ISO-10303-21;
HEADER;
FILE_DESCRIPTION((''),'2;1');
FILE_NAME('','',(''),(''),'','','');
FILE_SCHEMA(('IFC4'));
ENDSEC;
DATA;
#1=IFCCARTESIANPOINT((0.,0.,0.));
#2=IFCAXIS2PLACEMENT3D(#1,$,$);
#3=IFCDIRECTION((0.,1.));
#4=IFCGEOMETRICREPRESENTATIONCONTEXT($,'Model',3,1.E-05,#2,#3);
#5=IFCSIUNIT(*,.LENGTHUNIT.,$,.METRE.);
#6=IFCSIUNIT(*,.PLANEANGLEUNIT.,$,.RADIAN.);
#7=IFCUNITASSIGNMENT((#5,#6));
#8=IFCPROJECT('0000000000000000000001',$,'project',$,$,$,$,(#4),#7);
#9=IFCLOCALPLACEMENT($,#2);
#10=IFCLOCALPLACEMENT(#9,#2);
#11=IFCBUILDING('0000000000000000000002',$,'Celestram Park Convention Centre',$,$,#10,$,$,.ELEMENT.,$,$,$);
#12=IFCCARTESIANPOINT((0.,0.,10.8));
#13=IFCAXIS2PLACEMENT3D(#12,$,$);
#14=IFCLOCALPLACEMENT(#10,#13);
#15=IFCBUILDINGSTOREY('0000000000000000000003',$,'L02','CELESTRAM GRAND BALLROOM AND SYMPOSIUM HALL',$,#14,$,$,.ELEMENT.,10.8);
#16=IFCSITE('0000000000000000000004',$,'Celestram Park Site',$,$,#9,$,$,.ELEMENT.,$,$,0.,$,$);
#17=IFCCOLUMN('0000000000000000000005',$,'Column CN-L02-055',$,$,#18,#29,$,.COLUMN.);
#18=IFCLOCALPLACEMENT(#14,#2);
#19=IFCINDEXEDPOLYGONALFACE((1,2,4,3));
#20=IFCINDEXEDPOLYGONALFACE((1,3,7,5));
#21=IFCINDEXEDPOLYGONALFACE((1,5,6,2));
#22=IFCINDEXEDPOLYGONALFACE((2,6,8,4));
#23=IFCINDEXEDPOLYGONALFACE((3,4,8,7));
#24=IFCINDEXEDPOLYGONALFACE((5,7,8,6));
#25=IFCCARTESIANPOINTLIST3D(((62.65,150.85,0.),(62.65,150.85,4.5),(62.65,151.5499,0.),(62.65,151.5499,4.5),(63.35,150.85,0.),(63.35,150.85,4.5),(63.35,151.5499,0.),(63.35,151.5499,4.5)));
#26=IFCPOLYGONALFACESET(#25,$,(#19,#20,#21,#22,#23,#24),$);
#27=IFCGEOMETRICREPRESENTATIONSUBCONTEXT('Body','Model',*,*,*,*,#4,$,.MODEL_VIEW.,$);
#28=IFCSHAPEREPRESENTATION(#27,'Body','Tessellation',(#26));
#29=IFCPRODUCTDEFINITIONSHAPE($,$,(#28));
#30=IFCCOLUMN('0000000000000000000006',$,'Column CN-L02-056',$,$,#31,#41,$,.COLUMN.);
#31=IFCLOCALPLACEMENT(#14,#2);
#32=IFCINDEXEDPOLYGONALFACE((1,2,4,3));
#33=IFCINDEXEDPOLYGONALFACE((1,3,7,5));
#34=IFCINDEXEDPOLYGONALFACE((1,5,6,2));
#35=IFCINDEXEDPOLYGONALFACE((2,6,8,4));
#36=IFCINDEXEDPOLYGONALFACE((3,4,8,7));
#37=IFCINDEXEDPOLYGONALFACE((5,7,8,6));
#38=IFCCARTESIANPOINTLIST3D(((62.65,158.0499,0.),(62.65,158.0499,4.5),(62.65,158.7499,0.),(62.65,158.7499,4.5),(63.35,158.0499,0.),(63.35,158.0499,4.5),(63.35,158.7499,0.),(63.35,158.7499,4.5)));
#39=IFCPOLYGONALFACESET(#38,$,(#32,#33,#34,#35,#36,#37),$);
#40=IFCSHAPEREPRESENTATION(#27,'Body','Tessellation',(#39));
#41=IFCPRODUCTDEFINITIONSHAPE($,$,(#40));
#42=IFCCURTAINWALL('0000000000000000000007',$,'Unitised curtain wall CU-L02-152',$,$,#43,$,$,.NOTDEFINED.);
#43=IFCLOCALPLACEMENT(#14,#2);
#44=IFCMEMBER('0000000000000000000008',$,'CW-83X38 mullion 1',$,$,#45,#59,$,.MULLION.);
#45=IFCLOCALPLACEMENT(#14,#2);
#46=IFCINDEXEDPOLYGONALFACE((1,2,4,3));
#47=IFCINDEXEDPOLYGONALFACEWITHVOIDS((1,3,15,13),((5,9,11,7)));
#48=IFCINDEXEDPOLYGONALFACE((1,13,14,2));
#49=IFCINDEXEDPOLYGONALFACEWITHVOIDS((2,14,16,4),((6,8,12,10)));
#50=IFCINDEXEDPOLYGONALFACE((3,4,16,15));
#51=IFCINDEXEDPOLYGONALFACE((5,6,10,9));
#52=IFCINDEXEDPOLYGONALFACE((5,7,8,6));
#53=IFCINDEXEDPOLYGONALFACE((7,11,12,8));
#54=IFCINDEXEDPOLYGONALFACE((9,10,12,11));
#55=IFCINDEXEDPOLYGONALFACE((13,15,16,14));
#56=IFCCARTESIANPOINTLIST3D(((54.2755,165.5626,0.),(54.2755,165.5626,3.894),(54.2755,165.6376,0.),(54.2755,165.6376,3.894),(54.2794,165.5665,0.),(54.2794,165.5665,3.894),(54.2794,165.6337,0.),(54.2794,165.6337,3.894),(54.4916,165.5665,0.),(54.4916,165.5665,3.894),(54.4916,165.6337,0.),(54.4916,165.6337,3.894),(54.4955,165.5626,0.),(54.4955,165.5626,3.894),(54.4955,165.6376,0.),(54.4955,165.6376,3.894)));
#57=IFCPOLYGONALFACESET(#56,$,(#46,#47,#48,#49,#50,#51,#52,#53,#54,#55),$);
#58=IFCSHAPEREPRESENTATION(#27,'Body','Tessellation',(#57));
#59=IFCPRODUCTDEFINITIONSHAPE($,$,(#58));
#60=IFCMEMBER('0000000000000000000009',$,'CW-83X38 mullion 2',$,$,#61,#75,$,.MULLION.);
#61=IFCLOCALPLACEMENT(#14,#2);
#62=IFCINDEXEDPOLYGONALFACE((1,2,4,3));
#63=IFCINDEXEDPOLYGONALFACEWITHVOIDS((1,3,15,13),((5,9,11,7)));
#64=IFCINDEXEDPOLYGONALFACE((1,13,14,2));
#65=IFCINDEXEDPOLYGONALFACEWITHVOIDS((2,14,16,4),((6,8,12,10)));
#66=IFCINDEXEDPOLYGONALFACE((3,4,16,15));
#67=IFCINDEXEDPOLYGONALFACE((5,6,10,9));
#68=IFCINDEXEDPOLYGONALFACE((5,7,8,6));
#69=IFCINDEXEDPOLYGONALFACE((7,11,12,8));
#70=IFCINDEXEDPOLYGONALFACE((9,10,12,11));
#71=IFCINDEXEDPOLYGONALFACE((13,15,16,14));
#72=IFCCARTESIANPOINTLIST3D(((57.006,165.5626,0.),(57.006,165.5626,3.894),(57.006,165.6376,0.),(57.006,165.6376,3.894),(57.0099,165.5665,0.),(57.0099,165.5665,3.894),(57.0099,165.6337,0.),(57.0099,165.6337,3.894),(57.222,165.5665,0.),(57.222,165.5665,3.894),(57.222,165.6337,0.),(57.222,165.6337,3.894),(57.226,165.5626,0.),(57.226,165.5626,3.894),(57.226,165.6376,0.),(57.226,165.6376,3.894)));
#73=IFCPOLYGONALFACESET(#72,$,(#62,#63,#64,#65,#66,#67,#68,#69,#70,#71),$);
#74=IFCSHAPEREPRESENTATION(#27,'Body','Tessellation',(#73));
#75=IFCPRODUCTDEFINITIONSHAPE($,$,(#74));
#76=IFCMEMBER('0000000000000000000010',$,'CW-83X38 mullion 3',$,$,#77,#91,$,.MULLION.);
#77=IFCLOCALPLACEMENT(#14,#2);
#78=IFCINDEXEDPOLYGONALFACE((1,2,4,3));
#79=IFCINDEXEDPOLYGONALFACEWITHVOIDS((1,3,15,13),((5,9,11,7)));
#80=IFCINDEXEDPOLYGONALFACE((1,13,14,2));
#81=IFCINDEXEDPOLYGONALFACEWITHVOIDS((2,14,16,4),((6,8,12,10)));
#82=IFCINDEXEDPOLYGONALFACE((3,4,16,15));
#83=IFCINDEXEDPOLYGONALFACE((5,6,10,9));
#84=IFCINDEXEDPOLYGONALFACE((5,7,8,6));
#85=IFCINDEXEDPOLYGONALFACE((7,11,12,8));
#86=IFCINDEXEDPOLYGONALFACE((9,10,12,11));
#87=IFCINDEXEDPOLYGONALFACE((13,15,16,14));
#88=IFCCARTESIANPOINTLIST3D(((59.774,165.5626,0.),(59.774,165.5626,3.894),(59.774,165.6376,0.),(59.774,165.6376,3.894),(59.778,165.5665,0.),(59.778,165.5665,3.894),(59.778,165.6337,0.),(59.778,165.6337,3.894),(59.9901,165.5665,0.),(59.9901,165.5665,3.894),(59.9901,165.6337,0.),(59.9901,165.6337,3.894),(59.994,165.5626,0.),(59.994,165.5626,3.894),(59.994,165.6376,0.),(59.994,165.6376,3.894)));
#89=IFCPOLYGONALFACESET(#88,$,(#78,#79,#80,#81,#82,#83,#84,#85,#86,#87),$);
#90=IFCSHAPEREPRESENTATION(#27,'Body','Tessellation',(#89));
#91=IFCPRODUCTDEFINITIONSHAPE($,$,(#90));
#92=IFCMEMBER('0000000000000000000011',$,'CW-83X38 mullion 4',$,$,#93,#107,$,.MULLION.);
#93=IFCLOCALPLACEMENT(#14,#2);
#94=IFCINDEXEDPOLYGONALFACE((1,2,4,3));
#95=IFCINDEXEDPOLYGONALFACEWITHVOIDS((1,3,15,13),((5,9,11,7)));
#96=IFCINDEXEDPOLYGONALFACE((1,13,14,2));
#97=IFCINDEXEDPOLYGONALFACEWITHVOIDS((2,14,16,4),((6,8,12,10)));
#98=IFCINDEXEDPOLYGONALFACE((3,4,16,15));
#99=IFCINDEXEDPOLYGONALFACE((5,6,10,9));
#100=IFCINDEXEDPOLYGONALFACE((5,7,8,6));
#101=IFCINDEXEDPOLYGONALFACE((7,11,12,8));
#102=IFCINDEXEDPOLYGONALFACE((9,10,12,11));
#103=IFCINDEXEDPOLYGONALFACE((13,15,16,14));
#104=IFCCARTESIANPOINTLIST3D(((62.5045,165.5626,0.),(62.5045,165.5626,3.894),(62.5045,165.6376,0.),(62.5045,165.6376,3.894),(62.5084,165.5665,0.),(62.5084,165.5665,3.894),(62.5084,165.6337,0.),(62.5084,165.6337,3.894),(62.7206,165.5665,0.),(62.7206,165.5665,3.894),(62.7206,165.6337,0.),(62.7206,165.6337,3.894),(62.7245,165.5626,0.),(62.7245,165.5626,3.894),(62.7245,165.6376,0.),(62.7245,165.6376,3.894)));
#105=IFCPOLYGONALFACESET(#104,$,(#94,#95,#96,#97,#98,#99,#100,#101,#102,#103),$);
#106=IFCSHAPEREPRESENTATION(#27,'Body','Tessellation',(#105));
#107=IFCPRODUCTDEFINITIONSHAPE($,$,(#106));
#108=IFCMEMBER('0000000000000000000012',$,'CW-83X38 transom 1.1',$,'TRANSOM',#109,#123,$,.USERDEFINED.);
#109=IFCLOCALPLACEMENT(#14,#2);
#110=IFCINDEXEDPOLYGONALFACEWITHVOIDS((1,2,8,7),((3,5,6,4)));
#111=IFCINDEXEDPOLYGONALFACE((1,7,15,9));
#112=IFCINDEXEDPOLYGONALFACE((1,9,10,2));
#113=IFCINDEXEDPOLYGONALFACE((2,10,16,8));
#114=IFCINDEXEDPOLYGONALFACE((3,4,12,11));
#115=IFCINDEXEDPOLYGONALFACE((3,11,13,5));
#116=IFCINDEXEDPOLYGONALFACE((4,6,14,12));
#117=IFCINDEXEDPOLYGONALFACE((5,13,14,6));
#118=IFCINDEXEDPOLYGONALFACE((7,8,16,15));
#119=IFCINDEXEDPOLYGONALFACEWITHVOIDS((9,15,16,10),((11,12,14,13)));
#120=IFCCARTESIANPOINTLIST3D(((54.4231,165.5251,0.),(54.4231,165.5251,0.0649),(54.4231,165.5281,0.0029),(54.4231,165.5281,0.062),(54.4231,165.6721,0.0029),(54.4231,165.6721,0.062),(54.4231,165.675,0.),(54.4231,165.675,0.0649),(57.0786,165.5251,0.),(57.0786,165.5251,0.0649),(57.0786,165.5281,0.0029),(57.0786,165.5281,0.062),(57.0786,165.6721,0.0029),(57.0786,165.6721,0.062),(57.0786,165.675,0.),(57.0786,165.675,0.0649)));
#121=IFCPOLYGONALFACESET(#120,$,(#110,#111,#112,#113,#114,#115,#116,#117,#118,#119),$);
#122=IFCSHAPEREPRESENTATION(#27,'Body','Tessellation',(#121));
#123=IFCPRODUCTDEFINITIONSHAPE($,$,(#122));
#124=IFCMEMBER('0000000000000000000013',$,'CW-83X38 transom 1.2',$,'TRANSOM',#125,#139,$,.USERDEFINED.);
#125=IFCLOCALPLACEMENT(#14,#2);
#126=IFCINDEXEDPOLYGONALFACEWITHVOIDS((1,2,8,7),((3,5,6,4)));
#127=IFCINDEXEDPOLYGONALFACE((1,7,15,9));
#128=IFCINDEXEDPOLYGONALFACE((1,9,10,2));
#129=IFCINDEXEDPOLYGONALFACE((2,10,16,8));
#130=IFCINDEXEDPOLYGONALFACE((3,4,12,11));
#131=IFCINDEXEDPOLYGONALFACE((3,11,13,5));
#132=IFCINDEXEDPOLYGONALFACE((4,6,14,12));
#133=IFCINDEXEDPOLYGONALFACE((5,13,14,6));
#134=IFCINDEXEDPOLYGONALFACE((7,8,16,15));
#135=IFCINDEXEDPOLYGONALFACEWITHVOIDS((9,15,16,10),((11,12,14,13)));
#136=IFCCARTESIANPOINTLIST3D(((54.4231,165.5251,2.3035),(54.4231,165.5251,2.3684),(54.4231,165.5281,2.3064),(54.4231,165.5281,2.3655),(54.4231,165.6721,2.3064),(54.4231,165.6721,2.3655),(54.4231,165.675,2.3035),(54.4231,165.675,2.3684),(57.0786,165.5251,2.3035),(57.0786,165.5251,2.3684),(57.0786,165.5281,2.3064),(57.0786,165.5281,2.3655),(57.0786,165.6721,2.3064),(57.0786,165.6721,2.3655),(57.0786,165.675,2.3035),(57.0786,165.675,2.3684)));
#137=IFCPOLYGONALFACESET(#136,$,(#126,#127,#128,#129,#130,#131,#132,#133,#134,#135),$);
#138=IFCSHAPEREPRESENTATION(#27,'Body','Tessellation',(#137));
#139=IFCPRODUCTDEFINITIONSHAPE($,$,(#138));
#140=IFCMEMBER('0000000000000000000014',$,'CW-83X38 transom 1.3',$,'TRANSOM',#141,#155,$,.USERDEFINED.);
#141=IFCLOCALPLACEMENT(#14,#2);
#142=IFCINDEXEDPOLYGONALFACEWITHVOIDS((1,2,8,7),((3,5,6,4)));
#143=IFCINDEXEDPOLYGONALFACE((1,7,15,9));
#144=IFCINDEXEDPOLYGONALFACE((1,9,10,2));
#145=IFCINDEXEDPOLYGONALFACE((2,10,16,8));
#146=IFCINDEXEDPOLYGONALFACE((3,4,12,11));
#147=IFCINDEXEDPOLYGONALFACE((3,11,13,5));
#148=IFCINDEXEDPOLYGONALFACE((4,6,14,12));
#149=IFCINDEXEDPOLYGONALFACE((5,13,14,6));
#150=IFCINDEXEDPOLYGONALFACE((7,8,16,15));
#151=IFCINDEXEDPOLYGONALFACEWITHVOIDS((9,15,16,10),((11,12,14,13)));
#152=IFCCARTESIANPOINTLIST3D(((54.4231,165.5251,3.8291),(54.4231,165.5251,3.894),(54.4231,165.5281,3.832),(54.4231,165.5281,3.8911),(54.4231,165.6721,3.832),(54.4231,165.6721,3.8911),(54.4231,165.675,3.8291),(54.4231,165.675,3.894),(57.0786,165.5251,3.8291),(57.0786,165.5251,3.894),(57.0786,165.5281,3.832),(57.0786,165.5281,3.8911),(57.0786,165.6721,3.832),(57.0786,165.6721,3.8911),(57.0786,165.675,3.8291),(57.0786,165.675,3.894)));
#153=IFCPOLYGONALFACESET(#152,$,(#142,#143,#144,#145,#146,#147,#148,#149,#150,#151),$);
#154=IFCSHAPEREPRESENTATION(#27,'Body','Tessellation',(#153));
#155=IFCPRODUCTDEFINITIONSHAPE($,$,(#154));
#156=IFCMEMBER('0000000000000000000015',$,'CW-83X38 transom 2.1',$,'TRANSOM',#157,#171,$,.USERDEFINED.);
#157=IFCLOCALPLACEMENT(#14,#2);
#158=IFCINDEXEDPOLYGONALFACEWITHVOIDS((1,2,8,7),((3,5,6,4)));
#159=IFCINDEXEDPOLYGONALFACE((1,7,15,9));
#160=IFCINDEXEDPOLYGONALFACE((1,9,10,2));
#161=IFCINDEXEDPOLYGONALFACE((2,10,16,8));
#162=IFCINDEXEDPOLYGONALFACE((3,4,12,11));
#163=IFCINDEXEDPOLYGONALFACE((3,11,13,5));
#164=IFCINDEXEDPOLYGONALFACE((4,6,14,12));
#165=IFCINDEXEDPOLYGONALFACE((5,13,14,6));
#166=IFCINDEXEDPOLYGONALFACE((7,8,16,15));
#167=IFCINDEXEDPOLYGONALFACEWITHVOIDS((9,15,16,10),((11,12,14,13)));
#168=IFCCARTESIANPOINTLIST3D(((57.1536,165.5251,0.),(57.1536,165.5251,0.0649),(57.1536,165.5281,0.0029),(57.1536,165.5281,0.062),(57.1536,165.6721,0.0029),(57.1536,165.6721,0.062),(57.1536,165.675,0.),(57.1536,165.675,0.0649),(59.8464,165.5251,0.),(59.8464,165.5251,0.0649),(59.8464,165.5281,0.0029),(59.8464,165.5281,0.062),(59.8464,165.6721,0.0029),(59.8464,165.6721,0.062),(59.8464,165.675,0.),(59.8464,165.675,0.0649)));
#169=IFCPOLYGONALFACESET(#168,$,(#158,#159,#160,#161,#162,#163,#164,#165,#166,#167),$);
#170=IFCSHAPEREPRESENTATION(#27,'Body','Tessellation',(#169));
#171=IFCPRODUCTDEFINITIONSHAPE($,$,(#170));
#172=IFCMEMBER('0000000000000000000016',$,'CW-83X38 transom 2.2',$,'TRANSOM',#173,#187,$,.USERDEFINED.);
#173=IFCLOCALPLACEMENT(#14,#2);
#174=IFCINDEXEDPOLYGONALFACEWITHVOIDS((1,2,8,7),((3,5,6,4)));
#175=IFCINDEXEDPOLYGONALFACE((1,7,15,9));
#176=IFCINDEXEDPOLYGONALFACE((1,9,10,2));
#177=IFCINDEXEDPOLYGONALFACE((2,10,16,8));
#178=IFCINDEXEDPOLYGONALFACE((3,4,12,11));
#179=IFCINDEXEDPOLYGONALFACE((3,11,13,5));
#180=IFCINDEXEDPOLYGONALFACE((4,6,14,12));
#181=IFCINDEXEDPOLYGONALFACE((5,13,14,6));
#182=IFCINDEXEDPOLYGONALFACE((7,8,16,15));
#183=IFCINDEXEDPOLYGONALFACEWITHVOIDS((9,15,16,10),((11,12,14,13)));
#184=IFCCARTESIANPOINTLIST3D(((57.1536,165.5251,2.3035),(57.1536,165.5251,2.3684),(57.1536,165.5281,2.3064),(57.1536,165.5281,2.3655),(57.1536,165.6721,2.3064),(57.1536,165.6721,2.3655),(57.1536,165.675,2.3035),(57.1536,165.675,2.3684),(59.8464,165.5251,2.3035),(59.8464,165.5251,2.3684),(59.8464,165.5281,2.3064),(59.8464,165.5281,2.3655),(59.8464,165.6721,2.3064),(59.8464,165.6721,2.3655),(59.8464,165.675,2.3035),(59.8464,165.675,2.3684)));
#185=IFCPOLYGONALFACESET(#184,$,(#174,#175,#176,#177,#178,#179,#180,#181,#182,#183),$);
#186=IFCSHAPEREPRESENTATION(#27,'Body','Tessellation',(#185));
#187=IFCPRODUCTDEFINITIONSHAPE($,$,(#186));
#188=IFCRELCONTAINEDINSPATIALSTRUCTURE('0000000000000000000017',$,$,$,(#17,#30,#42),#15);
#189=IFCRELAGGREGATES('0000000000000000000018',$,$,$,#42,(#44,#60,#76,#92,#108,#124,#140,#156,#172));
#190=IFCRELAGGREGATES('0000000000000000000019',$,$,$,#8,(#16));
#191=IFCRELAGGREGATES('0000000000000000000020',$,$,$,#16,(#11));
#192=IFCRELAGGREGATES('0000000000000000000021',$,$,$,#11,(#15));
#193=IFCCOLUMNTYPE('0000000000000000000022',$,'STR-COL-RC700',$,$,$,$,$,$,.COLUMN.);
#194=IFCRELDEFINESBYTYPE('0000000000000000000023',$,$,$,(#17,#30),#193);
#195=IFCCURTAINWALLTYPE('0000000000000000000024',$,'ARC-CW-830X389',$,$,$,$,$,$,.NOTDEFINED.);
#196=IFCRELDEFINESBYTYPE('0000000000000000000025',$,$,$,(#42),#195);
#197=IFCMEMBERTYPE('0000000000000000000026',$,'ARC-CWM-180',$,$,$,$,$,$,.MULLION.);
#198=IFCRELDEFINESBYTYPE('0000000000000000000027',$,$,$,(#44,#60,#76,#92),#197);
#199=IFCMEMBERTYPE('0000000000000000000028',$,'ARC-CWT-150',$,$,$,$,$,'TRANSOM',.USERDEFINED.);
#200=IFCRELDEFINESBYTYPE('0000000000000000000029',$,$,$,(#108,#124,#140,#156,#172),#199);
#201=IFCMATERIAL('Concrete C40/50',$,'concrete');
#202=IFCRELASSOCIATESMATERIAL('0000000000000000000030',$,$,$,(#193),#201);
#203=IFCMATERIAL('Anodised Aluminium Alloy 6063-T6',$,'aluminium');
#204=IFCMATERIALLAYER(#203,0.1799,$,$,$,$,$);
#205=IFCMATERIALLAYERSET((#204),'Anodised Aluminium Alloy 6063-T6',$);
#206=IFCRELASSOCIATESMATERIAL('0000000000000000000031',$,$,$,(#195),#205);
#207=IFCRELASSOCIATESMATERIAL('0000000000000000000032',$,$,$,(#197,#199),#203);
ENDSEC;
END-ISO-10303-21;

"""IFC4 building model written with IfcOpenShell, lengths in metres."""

from ifc_helpers import new_model, si_unit, direction, frame, origin, origin_2d, place, context, subcontext, project, spatial, rectangle, hollow_rectangle, extrude, material, layer, layer_set, material_profile, profile_set, type_object, element, aggregate, save


model = new_model("IFC4")

# Units and contexts
model_context = context("Model", 3, precision=1e-05, world=origin(), true_north=direction((0.0, 1.0)))
body_context = subcontext(model_context, "Body", "Model", "MODEL_VIEW")
ifc_project = project(units=[si_unit("LENGTHUNIT", "METRE"), si_unit("PLANEANGLEUNIT", "RADIAN")], contexts=[model_context])

# Site, building, storey
site_placement = place(None, origin())
site = spatial("IfcSite", under=ifc_project, at=site_placement, Name="Celestram Park Site", CompositionType="ELEMENT", RefElevation=0.0)
building_placement = place(site_placement, origin())
building = spatial("IfcBuilding", under=site, at=building_placement, Name="Celestram Park Convention Centre", CompositionType="ELEMENT")
storey_placement = place(building_placement, frame((0.0, 0.0, 10.8)))
storey = spatial("IfcBuildingStorey", under=building, at=storey_placement, Name="L02", Description="CELESTRAM GRAND BALLROOM AND SYMPOSIUM HALL", CompositionType="ELEMENT", Elevation=10.8)

# Columns
ifc_material_1 = material(Name="Concrete C40/50", Category="concrete")
ifc_material_profile_1 = material_profile(ifc_material_1, rectangle(XDim=0.7, YDim=0.7, at=origin_2d()), Name="RC700X700")
ifc_profile_set_1 = profile_set([ifc_material_profile_1], Name="Concrete C40/50")
column_type = type_object("IfcColumnType", Name="STR-COL-RC700", PredefinedType="COLUMN", material=ifc_profile_set_1)
for number, where, z_axis, x_axis, name in (
    (1, (63.0, 151.2, 0.0), (0.0, 0.0, 1.0), (1.0, 0.0, 0.0), "Column CN-L02-055"),
    (2, (63.0, 158.3999, 0.0), (0.0, 0.0, 1.0), (1.0, 0.0, 0.0), "Column CN-L02-056"),
):
    element("IfcColumn", number, at=place(storey_placement, frame(where, z_axis=z_axis, x_axis=x_axis)), inside=storey, type_object=column_type, Name=name, PredefinedType="COLUMN", context=body_context, shape_type="SweptSolid", body=[
        extrude(rectangle(XDim=0.7, YDim=0.7, at=origin_2d()), origin(), (0.0, 0.0, 1.0), 4.5),
    ])

# Curtain wall, members
ifc_material_2 = material(Name="Anodised Aluminium Alloy 6063-T6", Category="aluminium")
ifc_layer_1 = layer(ifc_material_2, 0.1799)
ifc_layer_set_1 = layer_set([ifc_layer_1], Name="Anodised Aluminium Alloy 6063-T6")
curtain_wall_type = type_object("IfcCurtainWallType", Name="ARC-CW-830X389", PredefinedType="NOTDEFINED", material=ifc_layer_set_1)
curtain_wall_placement = place(storey_placement, origin())
curtain_wall = element("IfcCurtainWall", 3, at=curtain_wall_placement, inside=storey, type_object=curtain_wall_type, Name="Unitised curtain wall CU-L02-152", PredefinedType="NOTDEFINED")
ifc_material_profile_2 = material_profile(ifc_material_2, hollow_rectangle(XDim=0.075, YDim=0.22, WallThickness=0.0039, at=origin_2d()), Name="ALU75X220X4")
ifc_profile_set_2 = profile_set([ifc_material_profile_2], Name="Anodised Aluminium Alloy 6063-T6")
member_type_1 = type_object("IfcMemberType", Name="ARC-CWM-180", PredefinedType="MULLION", material=ifc_profile_set_2)
member_1_placement = place(storey_placement, frame((54.3855, 165.6001, 0.0), z_axis=(0.0, 0.0, 1.0), x_axis=(0.0, 1.0, 0.0)))
member_1 = element("IfcMember", 4, at=member_1_placement, type_object=member_type_1, Name="CW-83X38 mullion 1", PredefinedType="MULLION", context=body_context, shape_type="SweptSolid", body=[
    extrude(hollow_rectangle(XDim=0.075, YDim=0.22, WallThickness=0.0039, at=origin_2d()), origin(), (0.0, 0.0, 1.0), 3.894),
])
member_2_placement = place(storey_placement, frame((57.116, 165.6001, 0.0), z_axis=(0.0, 0.0, 1.0), x_axis=(0.0, 1.0, 0.0)))
member_2 = element("IfcMember", 5, at=member_2_placement, type_object=member_type_1, Name="CW-83X38 mullion 2", PredefinedType="MULLION", context=body_context, shape_type="SweptSolid", body=[
    extrude(hollow_rectangle(XDim=0.075, YDim=0.22, WallThickness=0.0039, at=origin_2d()), origin(), (0.0, 0.0, 1.0), 3.894),
])
member_3_placement = place(storey_placement, frame((59.884, 165.6001, 0.0), z_axis=(0.0, 0.0, 1.0), x_axis=(0.0, 1.0, 0.0)))
member_3 = element("IfcMember", 6, at=member_3_placement, type_object=member_type_1, Name="CW-83X38 mullion 3", PredefinedType="MULLION", context=body_context, shape_type="SweptSolid", body=[
    extrude(hollow_rectangle(XDim=0.075, YDim=0.22, WallThickness=0.0039, at=origin_2d()), origin(), (0.0, 0.0, 1.0), 3.894),
])
member_4_placement = place(storey_placement, frame((62.6145, 165.6001, 0.0), z_axis=(0.0, 0.0, 1.0), x_axis=(0.0, 1.0, 0.0)))
member_4 = element("IfcMember", 7, at=member_4_placement, type_object=member_type_1, Name="CW-83X38 mullion 4", PredefinedType="MULLION", context=body_context, shape_type="SweptSolid", body=[
    extrude(hollow_rectangle(XDim=0.075, YDim=0.22, WallThickness=0.0039, at=origin_2d()), origin(), (0.0, 0.0, 1.0), 3.894),
])
ifc_material_profile_3 = material_profile(ifc_material_2, hollow_rectangle(XDim=0.1499, YDim=0.0649, WallThickness=0.0029, at=origin_2d()), Name="ALU150X65X3")
ifc_profile_set_3 = profile_set([ifc_material_profile_3], Name="Anodised Aluminium Alloy 6063-T6")
member_type_2 = type_object("IfcMemberType", Name="ARC-CWT-150", ElementType="TRANSOM", PredefinedType="USERDEFINED", material=ifc_profile_set_3)
member_5_placement = place(storey_placement, frame((54.4231, 165.6001, 0.0325), z_axis=(1.0, 0.0, 0.0), x_axis=(0.0, 1.0, 0.0)))
member_5 = element("IfcMember", 8, at=member_5_placement, type_object=member_type_2, Name="CW-83X38 transom 1.1", ObjectType="TRANSOM", PredefinedType="USERDEFINED", context=body_context, shape_type="SweptSolid", body=[
    extrude(hollow_rectangle(XDim=0.1499, YDim=0.0649, WallThickness=0.0029, at=origin_2d()), origin(), (0.0, 0.0, 1.0), 2.6555),
])
member_6_placement = place(storey_placement, frame((54.4231, 165.6001, 2.3359), z_axis=(1.0, 0.0, 0.0), x_axis=(0.0, 1.0, 0.0)))
member_6 = element("IfcMember", 9, at=member_6_placement, type_object=member_type_2, Name="CW-83X38 transom 1.2", ObjectType="TRANSOM", PredefinedType="USERDEFINED", context=body_context, shape_type="SweptSolid", body=[
    extrude(hollow_rectangle(XDim=0.1499, YDim=0.0649, WallThickness=0.0029, at=origin_2d()), origin(), (0.0, 0.0, 1.0), 2.6555),
])
member_7_placement = place(storey_placement, frame((54.4231, 165.6001, 3.8616), z_axis=(1.0, 0.0, 0.0), x_axis=(0.0, 1.0, 0.0)))
member_7 = element("IfcMember", 10, at=member_7_placement, type_object=member_type_2, Name="CW-83X38 transom 1.3", ObjectType="TRANSOM", PredefinedType="USERDEFINED", context=body_context, shape_type="SweptSolid", body=[
    extrude(hollow_rectangle(XDim=0.1499, YDim=0.0649, WallThickness=0.0029, at=origin_2d()), origin(), (0.0, 0.0, 1.0), 2.6555),
])
member_8_placement = place(storey_placement, frame((57.1536, 165.6001, 0.0325), z_axis=(1.0, 0.0, 0.0), x_axis=(0.0, 1.0, 0.0)))
member_8 = element("IfcMember", 11, at=member_8_placement, type_object=member_type_2, Name="CW-83X38 transom 2.1", ObjectType="TRANSOM", PredefinedType="USERDEFINED", context=body_context, shape_type="SweptSolid", body=[
    extrude(hollow_rectangle(XDim=0.1499, YDim=0.0649, WallThickness=0.0029, at=origin_2d()), origin(), (0.0, 0.0, 1.0), 2.6929),
])
member_9_placement = place(storey_placement, frame((57.1536, 165.6001, 2.3359), z_axis=(1.0, 0.0, 0.0), x_axis=(0.0, 1.0, 0.0)))
member_9 = element("IfcMember", 12, at=member_9_placement, type_object=member_type_2, Name="CW-83X38 transom 2.2", ObjectType="TRANSOM", PredefinedType="USERDEFINED", context=body_context, shape_type="SweptSolid", body=[
    extrude(hollow_rectangle(XDim=0.1499, YDim=0.0649, WallThickness=0.0029, at=origin_2d()), origin(), (0.0, 0.0, 1.0), 2.6929),
])

aggregate(curtain_wall, [member_1, member_2, member_3, member_4, member_5, member_6, member_7, member_8, member_9])

save(model, "model.ifc")
